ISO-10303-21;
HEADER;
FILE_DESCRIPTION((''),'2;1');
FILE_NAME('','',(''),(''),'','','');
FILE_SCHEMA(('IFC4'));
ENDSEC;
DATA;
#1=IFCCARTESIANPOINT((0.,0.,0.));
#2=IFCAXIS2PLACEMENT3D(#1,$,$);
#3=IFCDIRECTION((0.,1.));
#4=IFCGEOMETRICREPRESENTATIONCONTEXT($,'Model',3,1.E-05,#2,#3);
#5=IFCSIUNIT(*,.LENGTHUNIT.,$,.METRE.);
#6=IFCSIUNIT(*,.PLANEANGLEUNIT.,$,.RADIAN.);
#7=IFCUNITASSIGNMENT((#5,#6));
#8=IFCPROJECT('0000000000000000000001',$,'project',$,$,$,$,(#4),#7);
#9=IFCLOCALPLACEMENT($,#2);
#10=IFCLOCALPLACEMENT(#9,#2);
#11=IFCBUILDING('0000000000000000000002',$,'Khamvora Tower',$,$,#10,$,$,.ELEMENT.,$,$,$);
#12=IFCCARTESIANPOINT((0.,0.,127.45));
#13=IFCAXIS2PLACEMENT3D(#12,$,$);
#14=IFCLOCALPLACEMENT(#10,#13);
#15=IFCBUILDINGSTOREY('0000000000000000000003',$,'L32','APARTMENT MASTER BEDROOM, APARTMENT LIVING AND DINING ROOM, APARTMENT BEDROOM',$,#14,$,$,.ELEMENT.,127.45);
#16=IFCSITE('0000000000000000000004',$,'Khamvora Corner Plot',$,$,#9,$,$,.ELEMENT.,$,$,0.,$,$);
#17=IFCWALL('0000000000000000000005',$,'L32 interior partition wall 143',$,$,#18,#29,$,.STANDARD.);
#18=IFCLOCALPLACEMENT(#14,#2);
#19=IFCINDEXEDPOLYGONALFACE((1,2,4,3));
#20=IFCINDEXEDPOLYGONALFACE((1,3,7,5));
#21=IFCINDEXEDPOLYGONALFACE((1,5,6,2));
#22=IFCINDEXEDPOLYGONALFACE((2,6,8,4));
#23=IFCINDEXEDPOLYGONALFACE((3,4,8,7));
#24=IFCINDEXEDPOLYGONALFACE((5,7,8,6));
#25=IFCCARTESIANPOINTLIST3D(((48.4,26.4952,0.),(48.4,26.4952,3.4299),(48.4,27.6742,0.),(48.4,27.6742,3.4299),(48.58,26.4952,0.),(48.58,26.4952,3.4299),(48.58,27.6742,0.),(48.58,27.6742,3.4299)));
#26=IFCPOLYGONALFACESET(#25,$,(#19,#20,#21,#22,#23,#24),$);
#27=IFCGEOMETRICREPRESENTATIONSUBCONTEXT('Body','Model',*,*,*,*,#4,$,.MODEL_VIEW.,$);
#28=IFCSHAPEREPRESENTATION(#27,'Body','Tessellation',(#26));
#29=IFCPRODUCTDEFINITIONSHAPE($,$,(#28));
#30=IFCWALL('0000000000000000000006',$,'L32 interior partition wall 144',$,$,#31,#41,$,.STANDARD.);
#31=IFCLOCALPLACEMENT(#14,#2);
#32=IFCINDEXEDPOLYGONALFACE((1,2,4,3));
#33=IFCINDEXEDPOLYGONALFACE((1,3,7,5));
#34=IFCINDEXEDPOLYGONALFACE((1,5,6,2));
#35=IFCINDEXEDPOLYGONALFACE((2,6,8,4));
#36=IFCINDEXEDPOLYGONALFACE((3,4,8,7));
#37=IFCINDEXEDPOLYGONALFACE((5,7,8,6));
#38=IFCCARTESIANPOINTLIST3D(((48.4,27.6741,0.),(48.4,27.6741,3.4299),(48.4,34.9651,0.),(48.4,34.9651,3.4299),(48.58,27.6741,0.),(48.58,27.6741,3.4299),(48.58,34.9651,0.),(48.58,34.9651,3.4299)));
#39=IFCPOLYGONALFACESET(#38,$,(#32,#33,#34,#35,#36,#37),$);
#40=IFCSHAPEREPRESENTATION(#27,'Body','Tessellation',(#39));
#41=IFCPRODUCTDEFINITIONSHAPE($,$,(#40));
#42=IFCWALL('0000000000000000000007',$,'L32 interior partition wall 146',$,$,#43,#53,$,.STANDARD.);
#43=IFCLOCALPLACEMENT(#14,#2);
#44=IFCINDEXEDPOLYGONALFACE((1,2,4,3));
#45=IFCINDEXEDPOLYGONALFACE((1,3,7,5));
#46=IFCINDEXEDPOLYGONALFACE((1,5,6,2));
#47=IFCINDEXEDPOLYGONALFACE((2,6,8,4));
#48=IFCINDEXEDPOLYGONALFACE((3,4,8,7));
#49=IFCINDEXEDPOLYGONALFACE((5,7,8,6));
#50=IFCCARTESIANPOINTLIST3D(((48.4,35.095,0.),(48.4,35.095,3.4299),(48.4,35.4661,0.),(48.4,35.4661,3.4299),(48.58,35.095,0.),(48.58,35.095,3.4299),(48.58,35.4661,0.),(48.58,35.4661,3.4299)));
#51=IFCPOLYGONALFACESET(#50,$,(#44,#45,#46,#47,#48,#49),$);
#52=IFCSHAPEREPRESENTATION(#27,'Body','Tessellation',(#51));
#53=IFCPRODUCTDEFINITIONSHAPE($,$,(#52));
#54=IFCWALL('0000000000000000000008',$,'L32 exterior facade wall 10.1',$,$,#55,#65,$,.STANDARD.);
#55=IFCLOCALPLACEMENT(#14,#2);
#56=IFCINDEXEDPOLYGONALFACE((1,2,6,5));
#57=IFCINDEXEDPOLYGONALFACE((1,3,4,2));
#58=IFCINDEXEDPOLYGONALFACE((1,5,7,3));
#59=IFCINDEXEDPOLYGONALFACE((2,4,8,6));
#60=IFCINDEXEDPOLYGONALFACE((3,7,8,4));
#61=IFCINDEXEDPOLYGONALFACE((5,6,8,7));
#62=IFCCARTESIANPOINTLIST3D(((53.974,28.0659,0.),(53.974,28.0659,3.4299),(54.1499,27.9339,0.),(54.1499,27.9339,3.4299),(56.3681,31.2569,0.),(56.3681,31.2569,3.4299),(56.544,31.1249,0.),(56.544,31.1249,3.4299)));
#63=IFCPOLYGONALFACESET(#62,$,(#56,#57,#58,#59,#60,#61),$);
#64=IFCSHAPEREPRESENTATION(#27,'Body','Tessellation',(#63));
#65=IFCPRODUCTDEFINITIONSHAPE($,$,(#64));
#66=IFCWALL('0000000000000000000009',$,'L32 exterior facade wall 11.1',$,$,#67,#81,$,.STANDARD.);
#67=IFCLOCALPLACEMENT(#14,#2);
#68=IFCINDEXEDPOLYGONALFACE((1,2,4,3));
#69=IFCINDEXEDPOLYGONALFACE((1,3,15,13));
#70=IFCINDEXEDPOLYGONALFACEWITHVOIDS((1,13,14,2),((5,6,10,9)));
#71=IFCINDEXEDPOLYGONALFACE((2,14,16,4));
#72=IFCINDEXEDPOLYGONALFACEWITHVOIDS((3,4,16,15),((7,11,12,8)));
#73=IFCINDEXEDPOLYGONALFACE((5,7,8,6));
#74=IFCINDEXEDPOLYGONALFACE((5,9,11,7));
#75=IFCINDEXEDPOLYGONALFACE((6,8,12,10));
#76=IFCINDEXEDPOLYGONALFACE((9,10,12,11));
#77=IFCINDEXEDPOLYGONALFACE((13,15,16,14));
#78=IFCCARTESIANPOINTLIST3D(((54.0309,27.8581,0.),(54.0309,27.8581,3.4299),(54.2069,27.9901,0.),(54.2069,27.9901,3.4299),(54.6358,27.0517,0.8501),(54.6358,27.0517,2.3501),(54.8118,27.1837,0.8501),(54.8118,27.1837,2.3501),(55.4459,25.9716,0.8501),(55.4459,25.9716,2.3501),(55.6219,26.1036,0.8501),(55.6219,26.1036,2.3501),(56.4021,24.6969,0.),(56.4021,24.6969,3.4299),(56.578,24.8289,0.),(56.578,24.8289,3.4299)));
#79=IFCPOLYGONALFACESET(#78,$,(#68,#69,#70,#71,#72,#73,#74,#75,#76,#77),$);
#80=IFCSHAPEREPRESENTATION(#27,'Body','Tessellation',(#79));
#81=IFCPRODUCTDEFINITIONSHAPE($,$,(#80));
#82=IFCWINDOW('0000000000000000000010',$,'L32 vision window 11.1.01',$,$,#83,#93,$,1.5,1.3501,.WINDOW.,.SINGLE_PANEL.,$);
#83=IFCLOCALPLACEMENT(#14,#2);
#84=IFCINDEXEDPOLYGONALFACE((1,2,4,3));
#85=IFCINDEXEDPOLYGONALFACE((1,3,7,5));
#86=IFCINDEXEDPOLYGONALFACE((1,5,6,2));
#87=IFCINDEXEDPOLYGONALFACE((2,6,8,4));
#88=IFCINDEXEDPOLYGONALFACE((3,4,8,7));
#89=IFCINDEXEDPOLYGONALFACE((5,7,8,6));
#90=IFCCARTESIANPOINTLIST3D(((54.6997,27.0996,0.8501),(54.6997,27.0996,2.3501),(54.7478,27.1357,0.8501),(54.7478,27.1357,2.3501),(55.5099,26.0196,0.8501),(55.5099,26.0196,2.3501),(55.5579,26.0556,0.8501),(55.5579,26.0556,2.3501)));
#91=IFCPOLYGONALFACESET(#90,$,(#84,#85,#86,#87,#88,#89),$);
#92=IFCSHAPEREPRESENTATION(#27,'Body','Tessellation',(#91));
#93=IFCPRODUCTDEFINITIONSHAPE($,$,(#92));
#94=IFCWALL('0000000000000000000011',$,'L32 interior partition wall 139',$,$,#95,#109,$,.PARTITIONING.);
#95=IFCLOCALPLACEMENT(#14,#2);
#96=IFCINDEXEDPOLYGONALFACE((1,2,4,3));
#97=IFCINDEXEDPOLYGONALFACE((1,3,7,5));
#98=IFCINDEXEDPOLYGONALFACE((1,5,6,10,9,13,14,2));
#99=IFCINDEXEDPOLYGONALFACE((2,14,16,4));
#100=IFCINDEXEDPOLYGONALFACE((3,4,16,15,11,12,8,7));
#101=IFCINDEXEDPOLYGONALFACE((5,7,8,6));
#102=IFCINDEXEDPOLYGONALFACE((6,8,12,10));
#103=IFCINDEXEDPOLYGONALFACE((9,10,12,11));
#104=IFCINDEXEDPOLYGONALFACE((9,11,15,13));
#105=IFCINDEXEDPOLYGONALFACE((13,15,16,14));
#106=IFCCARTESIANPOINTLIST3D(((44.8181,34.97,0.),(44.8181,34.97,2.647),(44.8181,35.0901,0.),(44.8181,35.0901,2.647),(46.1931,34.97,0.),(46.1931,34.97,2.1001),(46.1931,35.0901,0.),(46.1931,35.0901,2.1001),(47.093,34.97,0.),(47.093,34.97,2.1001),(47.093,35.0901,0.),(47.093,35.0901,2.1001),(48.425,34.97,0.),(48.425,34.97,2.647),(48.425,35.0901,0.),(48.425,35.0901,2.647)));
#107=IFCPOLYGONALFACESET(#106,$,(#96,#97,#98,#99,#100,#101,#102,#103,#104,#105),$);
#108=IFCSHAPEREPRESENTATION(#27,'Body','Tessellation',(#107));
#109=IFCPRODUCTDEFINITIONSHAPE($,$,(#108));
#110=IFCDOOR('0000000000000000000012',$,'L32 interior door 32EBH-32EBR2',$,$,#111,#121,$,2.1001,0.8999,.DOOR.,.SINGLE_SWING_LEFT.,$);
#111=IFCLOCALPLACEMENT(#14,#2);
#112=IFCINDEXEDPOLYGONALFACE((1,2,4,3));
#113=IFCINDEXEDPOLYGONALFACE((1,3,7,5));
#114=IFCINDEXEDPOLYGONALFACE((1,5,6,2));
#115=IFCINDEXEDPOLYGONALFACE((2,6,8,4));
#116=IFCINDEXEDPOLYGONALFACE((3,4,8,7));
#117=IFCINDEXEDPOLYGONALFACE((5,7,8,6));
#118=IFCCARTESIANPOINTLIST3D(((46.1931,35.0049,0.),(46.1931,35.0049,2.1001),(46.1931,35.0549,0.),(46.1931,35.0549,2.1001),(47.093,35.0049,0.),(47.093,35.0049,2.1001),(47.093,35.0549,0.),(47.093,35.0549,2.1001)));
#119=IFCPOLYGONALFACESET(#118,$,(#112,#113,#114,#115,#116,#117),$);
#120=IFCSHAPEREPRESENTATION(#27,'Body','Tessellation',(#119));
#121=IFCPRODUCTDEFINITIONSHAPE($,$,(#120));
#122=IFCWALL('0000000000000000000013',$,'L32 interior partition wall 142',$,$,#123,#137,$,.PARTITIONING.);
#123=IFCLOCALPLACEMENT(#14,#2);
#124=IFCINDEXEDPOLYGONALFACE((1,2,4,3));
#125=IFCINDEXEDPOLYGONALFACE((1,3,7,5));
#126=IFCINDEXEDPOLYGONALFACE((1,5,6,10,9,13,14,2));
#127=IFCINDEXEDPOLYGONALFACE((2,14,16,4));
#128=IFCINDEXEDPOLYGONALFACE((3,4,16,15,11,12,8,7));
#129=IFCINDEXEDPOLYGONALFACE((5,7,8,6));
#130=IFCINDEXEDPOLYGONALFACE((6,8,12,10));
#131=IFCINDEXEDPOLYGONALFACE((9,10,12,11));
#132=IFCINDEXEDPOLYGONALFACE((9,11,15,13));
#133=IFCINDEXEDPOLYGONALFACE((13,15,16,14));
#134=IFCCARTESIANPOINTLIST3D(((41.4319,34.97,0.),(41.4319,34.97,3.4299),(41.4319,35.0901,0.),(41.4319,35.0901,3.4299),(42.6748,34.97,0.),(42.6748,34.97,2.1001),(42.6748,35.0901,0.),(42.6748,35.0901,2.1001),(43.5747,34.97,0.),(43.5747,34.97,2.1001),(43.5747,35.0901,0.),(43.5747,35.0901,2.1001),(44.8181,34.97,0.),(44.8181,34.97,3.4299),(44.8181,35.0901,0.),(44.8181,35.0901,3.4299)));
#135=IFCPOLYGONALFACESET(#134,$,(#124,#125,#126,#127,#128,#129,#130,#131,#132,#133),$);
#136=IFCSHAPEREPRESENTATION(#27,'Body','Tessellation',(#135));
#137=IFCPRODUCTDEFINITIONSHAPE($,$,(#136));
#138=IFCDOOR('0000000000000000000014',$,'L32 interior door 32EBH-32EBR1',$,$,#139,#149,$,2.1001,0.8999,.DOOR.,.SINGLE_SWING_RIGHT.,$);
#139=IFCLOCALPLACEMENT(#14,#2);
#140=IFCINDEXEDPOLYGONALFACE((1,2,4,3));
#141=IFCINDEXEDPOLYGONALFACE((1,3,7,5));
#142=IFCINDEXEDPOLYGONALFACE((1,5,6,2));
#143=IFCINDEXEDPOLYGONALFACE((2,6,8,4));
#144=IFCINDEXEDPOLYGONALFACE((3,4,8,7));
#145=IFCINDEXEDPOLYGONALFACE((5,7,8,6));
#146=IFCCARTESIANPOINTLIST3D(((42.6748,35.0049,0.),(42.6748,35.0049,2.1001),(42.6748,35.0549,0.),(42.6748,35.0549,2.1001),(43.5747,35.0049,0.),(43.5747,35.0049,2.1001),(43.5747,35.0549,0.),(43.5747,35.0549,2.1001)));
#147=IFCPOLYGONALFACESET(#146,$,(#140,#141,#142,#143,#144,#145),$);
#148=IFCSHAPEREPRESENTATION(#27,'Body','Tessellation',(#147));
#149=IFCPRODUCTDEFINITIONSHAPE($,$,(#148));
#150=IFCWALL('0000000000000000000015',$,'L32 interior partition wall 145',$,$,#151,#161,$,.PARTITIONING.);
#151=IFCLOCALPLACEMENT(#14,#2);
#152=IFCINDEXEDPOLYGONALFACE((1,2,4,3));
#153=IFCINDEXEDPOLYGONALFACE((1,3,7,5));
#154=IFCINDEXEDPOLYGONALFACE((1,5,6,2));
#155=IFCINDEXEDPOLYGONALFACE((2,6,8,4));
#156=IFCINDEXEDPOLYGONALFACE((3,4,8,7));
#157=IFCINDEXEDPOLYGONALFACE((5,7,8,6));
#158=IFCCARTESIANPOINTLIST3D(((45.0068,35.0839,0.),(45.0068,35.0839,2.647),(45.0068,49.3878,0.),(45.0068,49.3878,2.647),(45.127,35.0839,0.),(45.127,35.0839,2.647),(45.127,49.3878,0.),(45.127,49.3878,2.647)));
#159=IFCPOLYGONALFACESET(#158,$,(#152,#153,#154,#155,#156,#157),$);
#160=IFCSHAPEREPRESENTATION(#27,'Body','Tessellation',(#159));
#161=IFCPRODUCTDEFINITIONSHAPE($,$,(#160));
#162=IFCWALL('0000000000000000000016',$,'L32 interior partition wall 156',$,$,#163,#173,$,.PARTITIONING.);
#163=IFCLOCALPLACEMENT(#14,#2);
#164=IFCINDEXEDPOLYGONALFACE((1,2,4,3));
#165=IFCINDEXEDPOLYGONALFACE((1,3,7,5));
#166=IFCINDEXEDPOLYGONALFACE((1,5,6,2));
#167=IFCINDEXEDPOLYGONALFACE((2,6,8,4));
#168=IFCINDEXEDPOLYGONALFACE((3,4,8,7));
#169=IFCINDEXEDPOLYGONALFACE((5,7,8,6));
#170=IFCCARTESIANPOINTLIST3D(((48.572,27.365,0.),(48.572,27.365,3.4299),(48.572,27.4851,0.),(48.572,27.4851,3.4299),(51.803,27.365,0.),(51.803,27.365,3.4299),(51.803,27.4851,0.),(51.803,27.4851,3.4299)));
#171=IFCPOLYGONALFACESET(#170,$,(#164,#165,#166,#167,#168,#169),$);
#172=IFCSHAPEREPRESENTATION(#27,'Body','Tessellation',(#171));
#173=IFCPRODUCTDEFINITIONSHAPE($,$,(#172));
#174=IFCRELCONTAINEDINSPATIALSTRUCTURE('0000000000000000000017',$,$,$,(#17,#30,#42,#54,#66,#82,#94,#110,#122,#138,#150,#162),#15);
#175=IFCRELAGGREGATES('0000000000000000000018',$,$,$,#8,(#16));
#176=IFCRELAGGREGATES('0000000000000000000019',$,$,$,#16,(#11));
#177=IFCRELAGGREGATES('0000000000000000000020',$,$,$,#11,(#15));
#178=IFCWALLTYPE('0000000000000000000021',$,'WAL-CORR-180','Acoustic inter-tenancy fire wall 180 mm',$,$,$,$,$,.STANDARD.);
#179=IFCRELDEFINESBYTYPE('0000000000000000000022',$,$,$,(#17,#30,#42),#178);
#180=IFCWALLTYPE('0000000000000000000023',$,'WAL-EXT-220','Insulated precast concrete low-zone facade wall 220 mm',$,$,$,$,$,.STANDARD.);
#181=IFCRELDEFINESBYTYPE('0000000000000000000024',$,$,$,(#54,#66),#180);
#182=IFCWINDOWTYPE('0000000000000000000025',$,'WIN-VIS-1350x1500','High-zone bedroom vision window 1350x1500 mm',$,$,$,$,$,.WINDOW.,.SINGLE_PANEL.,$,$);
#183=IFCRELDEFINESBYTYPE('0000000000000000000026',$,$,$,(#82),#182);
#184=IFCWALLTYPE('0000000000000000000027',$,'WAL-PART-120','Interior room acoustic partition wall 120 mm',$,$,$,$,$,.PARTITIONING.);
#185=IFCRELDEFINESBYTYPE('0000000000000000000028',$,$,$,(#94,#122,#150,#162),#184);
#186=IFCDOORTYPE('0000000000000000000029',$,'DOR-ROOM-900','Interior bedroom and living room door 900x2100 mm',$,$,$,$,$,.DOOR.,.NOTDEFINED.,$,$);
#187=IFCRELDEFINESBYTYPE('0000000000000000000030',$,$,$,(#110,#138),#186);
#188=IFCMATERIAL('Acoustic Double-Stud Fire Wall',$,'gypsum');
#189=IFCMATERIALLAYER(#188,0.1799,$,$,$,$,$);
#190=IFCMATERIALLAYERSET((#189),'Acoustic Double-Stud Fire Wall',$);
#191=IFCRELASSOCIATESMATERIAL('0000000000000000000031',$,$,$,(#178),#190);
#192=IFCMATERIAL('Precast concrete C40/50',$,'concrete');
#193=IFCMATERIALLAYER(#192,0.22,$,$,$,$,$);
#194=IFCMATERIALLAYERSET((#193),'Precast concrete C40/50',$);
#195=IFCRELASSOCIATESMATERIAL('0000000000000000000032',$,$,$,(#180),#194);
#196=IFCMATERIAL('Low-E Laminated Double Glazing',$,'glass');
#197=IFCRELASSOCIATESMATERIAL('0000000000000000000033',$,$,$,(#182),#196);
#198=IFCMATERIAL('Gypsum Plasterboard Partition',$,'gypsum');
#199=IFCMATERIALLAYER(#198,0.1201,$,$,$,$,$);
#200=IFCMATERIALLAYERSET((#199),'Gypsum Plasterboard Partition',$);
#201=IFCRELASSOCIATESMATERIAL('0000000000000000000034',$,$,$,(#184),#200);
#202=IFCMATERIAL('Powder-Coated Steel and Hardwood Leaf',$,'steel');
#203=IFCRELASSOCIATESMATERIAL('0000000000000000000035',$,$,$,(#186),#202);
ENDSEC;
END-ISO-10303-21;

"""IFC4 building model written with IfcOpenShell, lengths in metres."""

from ifc_helpers import new_model, si_unit, direction, frame, frame_2d, origin, place, context, subcontext, project, spatial, rectangle, extrude, material, layer, layer_set, type_object, element, fill, save


model = new_model("IFC4")

# Units and contexts
model_context = context("Model", 3, precision=1e-05, world=origin(), true_north=direction((0.0, 1.0)))
body_context = subcontext(model_context, "Body", "Model", "MODEL_VIEW")
ifc_project = project(units=[si_unit("LENGTHUNIT", "METRE"), si_unit("PLANEANGLEUNIT", "RADIAN")], contexts=[model_context])

# Site, building, storey
site_placement = place(None, origin())
site = spatial("IfcSite", under=ifc_project, at=site_placement, Name="Khamvora Corner Plot", CompositionType="ELEMENT", RefElevation=0.0)
building_placement = place(site_placement, origin())
building = spatial("IfcBuilding", under=site, at=building_placement, Name="Khamvora Tower", CompositionType="ELEMENT")
storey_placement = place(building_placement, frame((0.0, 0.0, 127.45)))
storey = spatial("IfcBuildingStorey", under=building, at=storey_placement, Name="L32", Description="APARTMENT MASTER BEDROOM, APARTMENT LIVING AND DINING ROOM, APARTMENT BEDROOM", CompositionType="ELEMENT", Elevation=127.45)

# Shared definitions
ifc_material_1 = material(Name="Powder-Coated Steel and Hardwood Leaf", Category="steel")

# Walls
ifc_material_2 = material(Name="Acoustic Double-Stud Fire Wall", Category="gypsum")
ifc_layer_1 = layer(ifc_material_2, 0.1799)
ifc_layer_set_1 = layer_set([ifc_layer_1], Name="Acoustic Double-Stud Fire Wall")
wall_type_1 = type_object("IfcWallType", Name="WAL-CORR-180", Description="Acoustic inter-tenancy fire wall 180 mm", PredefinedType="STANDARD", material=ifc_layer_set_1)
wall_1_placement = place(storey_placement, frame((48.49, 27.6741, 0.0), z_axis=(0.0, 0.0, 1.0), x_axis=(0.0, -1.0, 0.0)))
element("IfcWall", 1, at=wall_1_placement, inside=storey, type_object=wall_type_1, Name="L32 interior partition wall 143", PredefinedType="STANDARD", context=body_context, shape_type="SweptSolid", body=[
    extrude(rectangle(XDim=1.179, YDim=0.1799, at=frame_2d((0.5894, 0.0))), origin(), (0.0, 0.0, 1.0), 3.4299),
])
wall_2_placement = place(storey_placement, frame((48.49, 34.9651, 0.0), z_axis=(0.0, 0.0, 1.0), x_axis=(0.0, -1.0, 0.0)))
element("IfcWall", 2, at=wall_2_placement, inside=storey, type_object=wall_type_1, Name="L32 interior partition wall 144", PredefinedType="STANDARD", context=body_context, shape_type="SweptSolid", body=[
    extrude(rectangle(XDim=7.291, YDim=0.1799, at=frame_2d((3.6455, 0.0))), origin(), (0.0, 0.0, 1.0), 3.4299),
])
wall_3_placement = place(storey_placement, frame((48.49, 35.4661, 0.0), z_axis=(0.0, 0.0, 1.0), x_axis=(0.0, -1.0, 0.0)))
element("IfcWall", 3, at=wall_3_placement, inside=storey, type_object=wall_type_1, Name="L32 interior partition wall 146", PredefinedType="STANDARD", context=body_context, shape_type="SweptSolid", body=[
    extrude(rectangle(XDim=0.3711, YDim=0.1799, at=frame_2d((0.1855, 0.0))), origin(), (0.0, 0.0, 1.0), 3.4299),
])
ifc_material_3 = material(Name="Precast concrete C40/50", Category="concrete")
ifc_layer_2 = layer(ifc_material_3, 0.22)
ifc_layer_set_2 = layer_set([ifc_layer_2], Name="Precast concrete C40/50")
wall_type_2 = type_object("IfcWallType", Name="WAL-EXT-220", Description="Insulated precast concrete low-zone facade wall 220 mm", PredefinedType="STANDARD", material=ifc_layer_set_2)
wall_4_placement = place(storey_placement, frame((56.4561, 31.1909, 0.0), z_axis=(0.0, 0.0, 1.0), x_axis=(-0.600137, -0.799897, 0.0)))
element("IfcWall", 4, at=wall_4_placement, inside=storey, type_object=wall_type_2, Name="L32 exterior facade wall 10.1", PredefinedType="STANDARD", context=body_context, shape_type="SweptSolid", body=[
    extrude(rectangle(XDim=3.9893, YDim=0.22, at=frame_2d((1.9946, 0.0))), origin(), (0.0, 0.0, 1.0), 3.4299),
])

# Wall, opening, window
wall_5_placement = place(storey_placement, frame((54.1189, 27.9241, 0.0), z_axis=(0.0, 0.0, 1.0), x_axis=(0.60004, -0.79997, 0.0)))
wall_5 = element("IfcWall", 5, at=wall_5_placement, inside=storey, type_object=wall_type_2, Name="L32 exterior facade wall 11.1", PredefinedType="STANDARD", context=body_context, shape_type="SweptSolid", body=[
    extrude(rectangle(XDim=3.9517, YDim=0.22, at=frame_2d((1.9758, 0.0))), origin(), (0.0, 0.0, 1.0), 3.4299),
])
opening_1_placement = place(wall_5_placement, frame((1.0081, 0.0, 0.8501)))
opening_1 = element("IfcOpeningElement", 6, at=opening_1_placement, cuts=wall_5, PredefinedType="OPENING", context=body_context, shape_type="SweptSolid", body=[
    extrude(rectangle(XDim=1.3501, YDim=1.5, at=frame_2d((0.675, 0.75))), frame((0.0, 0.1199, 0.0), z_axis=(0.0, -1.0, 0.0), x_axis=(1.0, 0.0, 0.0)), (0.0, 0.0, 1.0), 0.24),
])
ifc_material_4 = material(Name="Low-E Laminated Double Glazing", Category="glass")
window_type = type_object("IfcWindowType", Name="WIN-VIS-1350x1500", Description="High-zone bedroom vision window 1350x1500 mm", PartitioningType="SINGLE_PANEL", PredefinedType="WINDOW", material=ifc_material_4)
window_placement = place(opening_1_placement, origin())
window = element("IfcWindow", 7, at=window_placement, inside=storey, type_object=window_type, Name="L32 vision window 11.1.01", OverallHeight=1.5, OverallWidth=1.3501, PartitioningType="SINGLE_PANEL", PredefinedType="WINDOW", context=body_context, shape_type="SweptSolid", body=[
    extrude(rectangle(XDim=1.3501, YDim=1.5, at=frame_2d((0.675, 0.75))), frame((0.0, 0.03, 0.0), z_axis=(0.0, -1.0, 0.0), x_axis=(1.0, 0.0, 0.0)), (0.0, 0.0, 1.0), 0.0601),
])
fill(opening_1, window)

# Walls, openings, doors
ifc_material_5 = material(Name="Gypsum Plasterboard Partition", Category="gypsum")
ifc_layer_3 = layer(ifc_material_5, 0.1201)
ifc_layer_set_3 = layer_set([ifc_layer_3], Name="Gypsum Plasterboard Partition")
wall_type_3 = type_object("IfcWallType", Name="WAL-PART-120", Description="Interior room acoustic partition wall 120 mm", PredefinedType="PARTITIONING", material=ifc_layer_set_3)
wall_6_placement = place(storey_placement, frame((44.8181, 35.03, 0.0), z_axis=(0.0, 0.0, 1.0), x_axis=(1.0, 0.0, 0.0)))
wall_6 = element("IfcWall", 8, at=wall_6_placement, inside=storey, type_object=wall_type_3, Name="L32 interior partition wall 139", PredefinedType="PARTITIONING", context=body_context, shape_type="SweptSolid", body=[
    extrude(rectangle(XDim=3.6069, YDim=0.1201, at=frame_2d((1.8035, 0.0))), origin(), (0.0, 0.0, 1.0), 2.647),
])
opening_2_placement = place(wall_6_placement, frame((1.375, 0.0, 0.0)))
opening_2 = element("IfcOpeningElement", 9, at=opening_2_placement, cuts=wall_6, PredefinedType="OPENING", context=body_context, shape_type="SweptSolid", body=[
    extrude(rectangle(XDim=0.8999, YDim=2.1001, at=frame_2d((0.45, 1.05))), frame((0.0, 0.0701, 0.0), z_axis=(0.0, -1.0, 0.0), x_axis=(1.0, 0.0, 0.0)), (0.0, 0.0, 1.0), 0.1401),
])
door_type_1 = type_object("IfcDoorType", Name="DOR-ROOM-900", Description="Interior bedroom and living room door 900x2100 mm", OperationType="NOTDEFINED", PredefinedType="DOOR", material=ifc_material_1)
door_1_placement = place(opening_2_placement, origin())
door_1 = element("IfcDoor", 10, at=door_1_placement, inside=storey, type_object=door_type_1, Name="L32 interior door 32EBH-32EBR2", OperationType="SINGLE_SWING_LEFT", OverallHeight=2.1001, OverallWidth=0.8999, PredefinedType="DOOR", context=body_context, shape_type="SweptSolid", body=[
    extrude(rectangle(XDim=0.8999, YDim=2.1001, at=frame_2d((0.45, 1.05))), frame((0.0, 0.0249, 0.0), z_axis=(0.0, -1.0, 0.0), x_axis=(1.0, 0.0, 0.0)), (0.0, 0.0, 1.0), 0.05),
])
fill(opening_2, door_1)
wall_7_placement = place(storey_placement, frame((41.4319, 35.03, 0.0), z_axis=(0.0, 0.0, 1.0), x_axis=(1.0, 0.0, 0.0)))
wall_7 = element("IfcWall", 11, at=wall_7_placement, inside=storey, type_object=wall_type_3, Name="L32 interior partition wall 142", PredefinedType="PARTITIONING", context=body_context, shape_type="SweptSolid", body=[
    extrude(rectangle(XDim=3.3862, YDim=0.1201, at=frame_2d((1.6931, 0.0))), origin(), (0.0, 0.0, 1.0), 3.4299),
])
opening_3_placement = place(wall_7_placement, frame((1.2429, 0.0, 0.0)))
opening_3 = element("IfcOpeningElement", 12, at=opening_3_placement, cuts=wall_7, PredefinedType="OPENING", context=body_context, shape_type="SweptSolid", body=[
    extrude(rectangle(XDim=0.8999, YDim=2.1001, at=frame_2d((0.45, 1.05))), frame((0.0, 0.0701, 0.0), z_axis=(0.0, -1.0, 0.0), x_axis=(1.0, 0.0, 0.0)), (0.0, 0.0, 1.0), 0.1401),
])
door_2_placement = place(opening_3_placement, origin())
door_2 = element("IfcDoor", 13, at=door_2_placement, inside=storey, type_object=door_type_1, Name="L32 interior door 32EBH-32EBR1", OperationType="SINGLE_SWING_RIGHT", OverallHeight=2.1001, OverallWidth=0.8999, PredefinedType="DOOR", context=body_context, shape_type="SweptSolid", body=[
    extrude(rectangle(XDim=0.8999, YDim=2.1001, at=frame_2d((0.45, 1.05))), frame((0.0, 0.0249, 0.0), z_axis=(0.0, -1.0, 0.0), x_axis=(1.0, 0.0, 0.0)), (0.0, 0.0, 1.0), 0.05),
])
fill(opening_3, door_2)

# Walls
wall_8_placement = place(storey_placement, frame((45.0669, 35.084, 0.0), z_axis=(0.0, 0.0, 1.0), x_axis=(0.0, 1.0, 0.0)))
element("IfcWall", 14, at=wall_8_placement, inside=storey, type_object=wall_type_3, Name="L32 interior partition wall 145", PredefinedType="PARTITIONING", context=body_context, shape_type="SweptSolid", body=[
    extrude(rectangle(XDim=14.304, YDim=0.1201, at=frame_2d((7.1519, 0.0))), origin(), (0.0, 0.0, 1.0), 2.647),
])
wall_9_placement = place(storey_placement, frame((48.572, 27.425, 0.0), z_axis=(0.0, 0.0, 1.0), x_axis=(1.0, 0.0, 0.0)))
element("IfcWall", 15, at=wall_9_placement, inside=storey, type_object=wall_type_3, Name="L32 interior partition wall 156", PredefinedType="PARTITIONING", context=body_context, shape_type="SweptSolid", body=[
    extrude(rectangle(XDim=3.231, YDim=0.1201, at=frame_2d((1.6155, 0.0))), origin(), (0.0, 0.0, 1.0), 3.4299),
])

save(model, "model.ifc")
